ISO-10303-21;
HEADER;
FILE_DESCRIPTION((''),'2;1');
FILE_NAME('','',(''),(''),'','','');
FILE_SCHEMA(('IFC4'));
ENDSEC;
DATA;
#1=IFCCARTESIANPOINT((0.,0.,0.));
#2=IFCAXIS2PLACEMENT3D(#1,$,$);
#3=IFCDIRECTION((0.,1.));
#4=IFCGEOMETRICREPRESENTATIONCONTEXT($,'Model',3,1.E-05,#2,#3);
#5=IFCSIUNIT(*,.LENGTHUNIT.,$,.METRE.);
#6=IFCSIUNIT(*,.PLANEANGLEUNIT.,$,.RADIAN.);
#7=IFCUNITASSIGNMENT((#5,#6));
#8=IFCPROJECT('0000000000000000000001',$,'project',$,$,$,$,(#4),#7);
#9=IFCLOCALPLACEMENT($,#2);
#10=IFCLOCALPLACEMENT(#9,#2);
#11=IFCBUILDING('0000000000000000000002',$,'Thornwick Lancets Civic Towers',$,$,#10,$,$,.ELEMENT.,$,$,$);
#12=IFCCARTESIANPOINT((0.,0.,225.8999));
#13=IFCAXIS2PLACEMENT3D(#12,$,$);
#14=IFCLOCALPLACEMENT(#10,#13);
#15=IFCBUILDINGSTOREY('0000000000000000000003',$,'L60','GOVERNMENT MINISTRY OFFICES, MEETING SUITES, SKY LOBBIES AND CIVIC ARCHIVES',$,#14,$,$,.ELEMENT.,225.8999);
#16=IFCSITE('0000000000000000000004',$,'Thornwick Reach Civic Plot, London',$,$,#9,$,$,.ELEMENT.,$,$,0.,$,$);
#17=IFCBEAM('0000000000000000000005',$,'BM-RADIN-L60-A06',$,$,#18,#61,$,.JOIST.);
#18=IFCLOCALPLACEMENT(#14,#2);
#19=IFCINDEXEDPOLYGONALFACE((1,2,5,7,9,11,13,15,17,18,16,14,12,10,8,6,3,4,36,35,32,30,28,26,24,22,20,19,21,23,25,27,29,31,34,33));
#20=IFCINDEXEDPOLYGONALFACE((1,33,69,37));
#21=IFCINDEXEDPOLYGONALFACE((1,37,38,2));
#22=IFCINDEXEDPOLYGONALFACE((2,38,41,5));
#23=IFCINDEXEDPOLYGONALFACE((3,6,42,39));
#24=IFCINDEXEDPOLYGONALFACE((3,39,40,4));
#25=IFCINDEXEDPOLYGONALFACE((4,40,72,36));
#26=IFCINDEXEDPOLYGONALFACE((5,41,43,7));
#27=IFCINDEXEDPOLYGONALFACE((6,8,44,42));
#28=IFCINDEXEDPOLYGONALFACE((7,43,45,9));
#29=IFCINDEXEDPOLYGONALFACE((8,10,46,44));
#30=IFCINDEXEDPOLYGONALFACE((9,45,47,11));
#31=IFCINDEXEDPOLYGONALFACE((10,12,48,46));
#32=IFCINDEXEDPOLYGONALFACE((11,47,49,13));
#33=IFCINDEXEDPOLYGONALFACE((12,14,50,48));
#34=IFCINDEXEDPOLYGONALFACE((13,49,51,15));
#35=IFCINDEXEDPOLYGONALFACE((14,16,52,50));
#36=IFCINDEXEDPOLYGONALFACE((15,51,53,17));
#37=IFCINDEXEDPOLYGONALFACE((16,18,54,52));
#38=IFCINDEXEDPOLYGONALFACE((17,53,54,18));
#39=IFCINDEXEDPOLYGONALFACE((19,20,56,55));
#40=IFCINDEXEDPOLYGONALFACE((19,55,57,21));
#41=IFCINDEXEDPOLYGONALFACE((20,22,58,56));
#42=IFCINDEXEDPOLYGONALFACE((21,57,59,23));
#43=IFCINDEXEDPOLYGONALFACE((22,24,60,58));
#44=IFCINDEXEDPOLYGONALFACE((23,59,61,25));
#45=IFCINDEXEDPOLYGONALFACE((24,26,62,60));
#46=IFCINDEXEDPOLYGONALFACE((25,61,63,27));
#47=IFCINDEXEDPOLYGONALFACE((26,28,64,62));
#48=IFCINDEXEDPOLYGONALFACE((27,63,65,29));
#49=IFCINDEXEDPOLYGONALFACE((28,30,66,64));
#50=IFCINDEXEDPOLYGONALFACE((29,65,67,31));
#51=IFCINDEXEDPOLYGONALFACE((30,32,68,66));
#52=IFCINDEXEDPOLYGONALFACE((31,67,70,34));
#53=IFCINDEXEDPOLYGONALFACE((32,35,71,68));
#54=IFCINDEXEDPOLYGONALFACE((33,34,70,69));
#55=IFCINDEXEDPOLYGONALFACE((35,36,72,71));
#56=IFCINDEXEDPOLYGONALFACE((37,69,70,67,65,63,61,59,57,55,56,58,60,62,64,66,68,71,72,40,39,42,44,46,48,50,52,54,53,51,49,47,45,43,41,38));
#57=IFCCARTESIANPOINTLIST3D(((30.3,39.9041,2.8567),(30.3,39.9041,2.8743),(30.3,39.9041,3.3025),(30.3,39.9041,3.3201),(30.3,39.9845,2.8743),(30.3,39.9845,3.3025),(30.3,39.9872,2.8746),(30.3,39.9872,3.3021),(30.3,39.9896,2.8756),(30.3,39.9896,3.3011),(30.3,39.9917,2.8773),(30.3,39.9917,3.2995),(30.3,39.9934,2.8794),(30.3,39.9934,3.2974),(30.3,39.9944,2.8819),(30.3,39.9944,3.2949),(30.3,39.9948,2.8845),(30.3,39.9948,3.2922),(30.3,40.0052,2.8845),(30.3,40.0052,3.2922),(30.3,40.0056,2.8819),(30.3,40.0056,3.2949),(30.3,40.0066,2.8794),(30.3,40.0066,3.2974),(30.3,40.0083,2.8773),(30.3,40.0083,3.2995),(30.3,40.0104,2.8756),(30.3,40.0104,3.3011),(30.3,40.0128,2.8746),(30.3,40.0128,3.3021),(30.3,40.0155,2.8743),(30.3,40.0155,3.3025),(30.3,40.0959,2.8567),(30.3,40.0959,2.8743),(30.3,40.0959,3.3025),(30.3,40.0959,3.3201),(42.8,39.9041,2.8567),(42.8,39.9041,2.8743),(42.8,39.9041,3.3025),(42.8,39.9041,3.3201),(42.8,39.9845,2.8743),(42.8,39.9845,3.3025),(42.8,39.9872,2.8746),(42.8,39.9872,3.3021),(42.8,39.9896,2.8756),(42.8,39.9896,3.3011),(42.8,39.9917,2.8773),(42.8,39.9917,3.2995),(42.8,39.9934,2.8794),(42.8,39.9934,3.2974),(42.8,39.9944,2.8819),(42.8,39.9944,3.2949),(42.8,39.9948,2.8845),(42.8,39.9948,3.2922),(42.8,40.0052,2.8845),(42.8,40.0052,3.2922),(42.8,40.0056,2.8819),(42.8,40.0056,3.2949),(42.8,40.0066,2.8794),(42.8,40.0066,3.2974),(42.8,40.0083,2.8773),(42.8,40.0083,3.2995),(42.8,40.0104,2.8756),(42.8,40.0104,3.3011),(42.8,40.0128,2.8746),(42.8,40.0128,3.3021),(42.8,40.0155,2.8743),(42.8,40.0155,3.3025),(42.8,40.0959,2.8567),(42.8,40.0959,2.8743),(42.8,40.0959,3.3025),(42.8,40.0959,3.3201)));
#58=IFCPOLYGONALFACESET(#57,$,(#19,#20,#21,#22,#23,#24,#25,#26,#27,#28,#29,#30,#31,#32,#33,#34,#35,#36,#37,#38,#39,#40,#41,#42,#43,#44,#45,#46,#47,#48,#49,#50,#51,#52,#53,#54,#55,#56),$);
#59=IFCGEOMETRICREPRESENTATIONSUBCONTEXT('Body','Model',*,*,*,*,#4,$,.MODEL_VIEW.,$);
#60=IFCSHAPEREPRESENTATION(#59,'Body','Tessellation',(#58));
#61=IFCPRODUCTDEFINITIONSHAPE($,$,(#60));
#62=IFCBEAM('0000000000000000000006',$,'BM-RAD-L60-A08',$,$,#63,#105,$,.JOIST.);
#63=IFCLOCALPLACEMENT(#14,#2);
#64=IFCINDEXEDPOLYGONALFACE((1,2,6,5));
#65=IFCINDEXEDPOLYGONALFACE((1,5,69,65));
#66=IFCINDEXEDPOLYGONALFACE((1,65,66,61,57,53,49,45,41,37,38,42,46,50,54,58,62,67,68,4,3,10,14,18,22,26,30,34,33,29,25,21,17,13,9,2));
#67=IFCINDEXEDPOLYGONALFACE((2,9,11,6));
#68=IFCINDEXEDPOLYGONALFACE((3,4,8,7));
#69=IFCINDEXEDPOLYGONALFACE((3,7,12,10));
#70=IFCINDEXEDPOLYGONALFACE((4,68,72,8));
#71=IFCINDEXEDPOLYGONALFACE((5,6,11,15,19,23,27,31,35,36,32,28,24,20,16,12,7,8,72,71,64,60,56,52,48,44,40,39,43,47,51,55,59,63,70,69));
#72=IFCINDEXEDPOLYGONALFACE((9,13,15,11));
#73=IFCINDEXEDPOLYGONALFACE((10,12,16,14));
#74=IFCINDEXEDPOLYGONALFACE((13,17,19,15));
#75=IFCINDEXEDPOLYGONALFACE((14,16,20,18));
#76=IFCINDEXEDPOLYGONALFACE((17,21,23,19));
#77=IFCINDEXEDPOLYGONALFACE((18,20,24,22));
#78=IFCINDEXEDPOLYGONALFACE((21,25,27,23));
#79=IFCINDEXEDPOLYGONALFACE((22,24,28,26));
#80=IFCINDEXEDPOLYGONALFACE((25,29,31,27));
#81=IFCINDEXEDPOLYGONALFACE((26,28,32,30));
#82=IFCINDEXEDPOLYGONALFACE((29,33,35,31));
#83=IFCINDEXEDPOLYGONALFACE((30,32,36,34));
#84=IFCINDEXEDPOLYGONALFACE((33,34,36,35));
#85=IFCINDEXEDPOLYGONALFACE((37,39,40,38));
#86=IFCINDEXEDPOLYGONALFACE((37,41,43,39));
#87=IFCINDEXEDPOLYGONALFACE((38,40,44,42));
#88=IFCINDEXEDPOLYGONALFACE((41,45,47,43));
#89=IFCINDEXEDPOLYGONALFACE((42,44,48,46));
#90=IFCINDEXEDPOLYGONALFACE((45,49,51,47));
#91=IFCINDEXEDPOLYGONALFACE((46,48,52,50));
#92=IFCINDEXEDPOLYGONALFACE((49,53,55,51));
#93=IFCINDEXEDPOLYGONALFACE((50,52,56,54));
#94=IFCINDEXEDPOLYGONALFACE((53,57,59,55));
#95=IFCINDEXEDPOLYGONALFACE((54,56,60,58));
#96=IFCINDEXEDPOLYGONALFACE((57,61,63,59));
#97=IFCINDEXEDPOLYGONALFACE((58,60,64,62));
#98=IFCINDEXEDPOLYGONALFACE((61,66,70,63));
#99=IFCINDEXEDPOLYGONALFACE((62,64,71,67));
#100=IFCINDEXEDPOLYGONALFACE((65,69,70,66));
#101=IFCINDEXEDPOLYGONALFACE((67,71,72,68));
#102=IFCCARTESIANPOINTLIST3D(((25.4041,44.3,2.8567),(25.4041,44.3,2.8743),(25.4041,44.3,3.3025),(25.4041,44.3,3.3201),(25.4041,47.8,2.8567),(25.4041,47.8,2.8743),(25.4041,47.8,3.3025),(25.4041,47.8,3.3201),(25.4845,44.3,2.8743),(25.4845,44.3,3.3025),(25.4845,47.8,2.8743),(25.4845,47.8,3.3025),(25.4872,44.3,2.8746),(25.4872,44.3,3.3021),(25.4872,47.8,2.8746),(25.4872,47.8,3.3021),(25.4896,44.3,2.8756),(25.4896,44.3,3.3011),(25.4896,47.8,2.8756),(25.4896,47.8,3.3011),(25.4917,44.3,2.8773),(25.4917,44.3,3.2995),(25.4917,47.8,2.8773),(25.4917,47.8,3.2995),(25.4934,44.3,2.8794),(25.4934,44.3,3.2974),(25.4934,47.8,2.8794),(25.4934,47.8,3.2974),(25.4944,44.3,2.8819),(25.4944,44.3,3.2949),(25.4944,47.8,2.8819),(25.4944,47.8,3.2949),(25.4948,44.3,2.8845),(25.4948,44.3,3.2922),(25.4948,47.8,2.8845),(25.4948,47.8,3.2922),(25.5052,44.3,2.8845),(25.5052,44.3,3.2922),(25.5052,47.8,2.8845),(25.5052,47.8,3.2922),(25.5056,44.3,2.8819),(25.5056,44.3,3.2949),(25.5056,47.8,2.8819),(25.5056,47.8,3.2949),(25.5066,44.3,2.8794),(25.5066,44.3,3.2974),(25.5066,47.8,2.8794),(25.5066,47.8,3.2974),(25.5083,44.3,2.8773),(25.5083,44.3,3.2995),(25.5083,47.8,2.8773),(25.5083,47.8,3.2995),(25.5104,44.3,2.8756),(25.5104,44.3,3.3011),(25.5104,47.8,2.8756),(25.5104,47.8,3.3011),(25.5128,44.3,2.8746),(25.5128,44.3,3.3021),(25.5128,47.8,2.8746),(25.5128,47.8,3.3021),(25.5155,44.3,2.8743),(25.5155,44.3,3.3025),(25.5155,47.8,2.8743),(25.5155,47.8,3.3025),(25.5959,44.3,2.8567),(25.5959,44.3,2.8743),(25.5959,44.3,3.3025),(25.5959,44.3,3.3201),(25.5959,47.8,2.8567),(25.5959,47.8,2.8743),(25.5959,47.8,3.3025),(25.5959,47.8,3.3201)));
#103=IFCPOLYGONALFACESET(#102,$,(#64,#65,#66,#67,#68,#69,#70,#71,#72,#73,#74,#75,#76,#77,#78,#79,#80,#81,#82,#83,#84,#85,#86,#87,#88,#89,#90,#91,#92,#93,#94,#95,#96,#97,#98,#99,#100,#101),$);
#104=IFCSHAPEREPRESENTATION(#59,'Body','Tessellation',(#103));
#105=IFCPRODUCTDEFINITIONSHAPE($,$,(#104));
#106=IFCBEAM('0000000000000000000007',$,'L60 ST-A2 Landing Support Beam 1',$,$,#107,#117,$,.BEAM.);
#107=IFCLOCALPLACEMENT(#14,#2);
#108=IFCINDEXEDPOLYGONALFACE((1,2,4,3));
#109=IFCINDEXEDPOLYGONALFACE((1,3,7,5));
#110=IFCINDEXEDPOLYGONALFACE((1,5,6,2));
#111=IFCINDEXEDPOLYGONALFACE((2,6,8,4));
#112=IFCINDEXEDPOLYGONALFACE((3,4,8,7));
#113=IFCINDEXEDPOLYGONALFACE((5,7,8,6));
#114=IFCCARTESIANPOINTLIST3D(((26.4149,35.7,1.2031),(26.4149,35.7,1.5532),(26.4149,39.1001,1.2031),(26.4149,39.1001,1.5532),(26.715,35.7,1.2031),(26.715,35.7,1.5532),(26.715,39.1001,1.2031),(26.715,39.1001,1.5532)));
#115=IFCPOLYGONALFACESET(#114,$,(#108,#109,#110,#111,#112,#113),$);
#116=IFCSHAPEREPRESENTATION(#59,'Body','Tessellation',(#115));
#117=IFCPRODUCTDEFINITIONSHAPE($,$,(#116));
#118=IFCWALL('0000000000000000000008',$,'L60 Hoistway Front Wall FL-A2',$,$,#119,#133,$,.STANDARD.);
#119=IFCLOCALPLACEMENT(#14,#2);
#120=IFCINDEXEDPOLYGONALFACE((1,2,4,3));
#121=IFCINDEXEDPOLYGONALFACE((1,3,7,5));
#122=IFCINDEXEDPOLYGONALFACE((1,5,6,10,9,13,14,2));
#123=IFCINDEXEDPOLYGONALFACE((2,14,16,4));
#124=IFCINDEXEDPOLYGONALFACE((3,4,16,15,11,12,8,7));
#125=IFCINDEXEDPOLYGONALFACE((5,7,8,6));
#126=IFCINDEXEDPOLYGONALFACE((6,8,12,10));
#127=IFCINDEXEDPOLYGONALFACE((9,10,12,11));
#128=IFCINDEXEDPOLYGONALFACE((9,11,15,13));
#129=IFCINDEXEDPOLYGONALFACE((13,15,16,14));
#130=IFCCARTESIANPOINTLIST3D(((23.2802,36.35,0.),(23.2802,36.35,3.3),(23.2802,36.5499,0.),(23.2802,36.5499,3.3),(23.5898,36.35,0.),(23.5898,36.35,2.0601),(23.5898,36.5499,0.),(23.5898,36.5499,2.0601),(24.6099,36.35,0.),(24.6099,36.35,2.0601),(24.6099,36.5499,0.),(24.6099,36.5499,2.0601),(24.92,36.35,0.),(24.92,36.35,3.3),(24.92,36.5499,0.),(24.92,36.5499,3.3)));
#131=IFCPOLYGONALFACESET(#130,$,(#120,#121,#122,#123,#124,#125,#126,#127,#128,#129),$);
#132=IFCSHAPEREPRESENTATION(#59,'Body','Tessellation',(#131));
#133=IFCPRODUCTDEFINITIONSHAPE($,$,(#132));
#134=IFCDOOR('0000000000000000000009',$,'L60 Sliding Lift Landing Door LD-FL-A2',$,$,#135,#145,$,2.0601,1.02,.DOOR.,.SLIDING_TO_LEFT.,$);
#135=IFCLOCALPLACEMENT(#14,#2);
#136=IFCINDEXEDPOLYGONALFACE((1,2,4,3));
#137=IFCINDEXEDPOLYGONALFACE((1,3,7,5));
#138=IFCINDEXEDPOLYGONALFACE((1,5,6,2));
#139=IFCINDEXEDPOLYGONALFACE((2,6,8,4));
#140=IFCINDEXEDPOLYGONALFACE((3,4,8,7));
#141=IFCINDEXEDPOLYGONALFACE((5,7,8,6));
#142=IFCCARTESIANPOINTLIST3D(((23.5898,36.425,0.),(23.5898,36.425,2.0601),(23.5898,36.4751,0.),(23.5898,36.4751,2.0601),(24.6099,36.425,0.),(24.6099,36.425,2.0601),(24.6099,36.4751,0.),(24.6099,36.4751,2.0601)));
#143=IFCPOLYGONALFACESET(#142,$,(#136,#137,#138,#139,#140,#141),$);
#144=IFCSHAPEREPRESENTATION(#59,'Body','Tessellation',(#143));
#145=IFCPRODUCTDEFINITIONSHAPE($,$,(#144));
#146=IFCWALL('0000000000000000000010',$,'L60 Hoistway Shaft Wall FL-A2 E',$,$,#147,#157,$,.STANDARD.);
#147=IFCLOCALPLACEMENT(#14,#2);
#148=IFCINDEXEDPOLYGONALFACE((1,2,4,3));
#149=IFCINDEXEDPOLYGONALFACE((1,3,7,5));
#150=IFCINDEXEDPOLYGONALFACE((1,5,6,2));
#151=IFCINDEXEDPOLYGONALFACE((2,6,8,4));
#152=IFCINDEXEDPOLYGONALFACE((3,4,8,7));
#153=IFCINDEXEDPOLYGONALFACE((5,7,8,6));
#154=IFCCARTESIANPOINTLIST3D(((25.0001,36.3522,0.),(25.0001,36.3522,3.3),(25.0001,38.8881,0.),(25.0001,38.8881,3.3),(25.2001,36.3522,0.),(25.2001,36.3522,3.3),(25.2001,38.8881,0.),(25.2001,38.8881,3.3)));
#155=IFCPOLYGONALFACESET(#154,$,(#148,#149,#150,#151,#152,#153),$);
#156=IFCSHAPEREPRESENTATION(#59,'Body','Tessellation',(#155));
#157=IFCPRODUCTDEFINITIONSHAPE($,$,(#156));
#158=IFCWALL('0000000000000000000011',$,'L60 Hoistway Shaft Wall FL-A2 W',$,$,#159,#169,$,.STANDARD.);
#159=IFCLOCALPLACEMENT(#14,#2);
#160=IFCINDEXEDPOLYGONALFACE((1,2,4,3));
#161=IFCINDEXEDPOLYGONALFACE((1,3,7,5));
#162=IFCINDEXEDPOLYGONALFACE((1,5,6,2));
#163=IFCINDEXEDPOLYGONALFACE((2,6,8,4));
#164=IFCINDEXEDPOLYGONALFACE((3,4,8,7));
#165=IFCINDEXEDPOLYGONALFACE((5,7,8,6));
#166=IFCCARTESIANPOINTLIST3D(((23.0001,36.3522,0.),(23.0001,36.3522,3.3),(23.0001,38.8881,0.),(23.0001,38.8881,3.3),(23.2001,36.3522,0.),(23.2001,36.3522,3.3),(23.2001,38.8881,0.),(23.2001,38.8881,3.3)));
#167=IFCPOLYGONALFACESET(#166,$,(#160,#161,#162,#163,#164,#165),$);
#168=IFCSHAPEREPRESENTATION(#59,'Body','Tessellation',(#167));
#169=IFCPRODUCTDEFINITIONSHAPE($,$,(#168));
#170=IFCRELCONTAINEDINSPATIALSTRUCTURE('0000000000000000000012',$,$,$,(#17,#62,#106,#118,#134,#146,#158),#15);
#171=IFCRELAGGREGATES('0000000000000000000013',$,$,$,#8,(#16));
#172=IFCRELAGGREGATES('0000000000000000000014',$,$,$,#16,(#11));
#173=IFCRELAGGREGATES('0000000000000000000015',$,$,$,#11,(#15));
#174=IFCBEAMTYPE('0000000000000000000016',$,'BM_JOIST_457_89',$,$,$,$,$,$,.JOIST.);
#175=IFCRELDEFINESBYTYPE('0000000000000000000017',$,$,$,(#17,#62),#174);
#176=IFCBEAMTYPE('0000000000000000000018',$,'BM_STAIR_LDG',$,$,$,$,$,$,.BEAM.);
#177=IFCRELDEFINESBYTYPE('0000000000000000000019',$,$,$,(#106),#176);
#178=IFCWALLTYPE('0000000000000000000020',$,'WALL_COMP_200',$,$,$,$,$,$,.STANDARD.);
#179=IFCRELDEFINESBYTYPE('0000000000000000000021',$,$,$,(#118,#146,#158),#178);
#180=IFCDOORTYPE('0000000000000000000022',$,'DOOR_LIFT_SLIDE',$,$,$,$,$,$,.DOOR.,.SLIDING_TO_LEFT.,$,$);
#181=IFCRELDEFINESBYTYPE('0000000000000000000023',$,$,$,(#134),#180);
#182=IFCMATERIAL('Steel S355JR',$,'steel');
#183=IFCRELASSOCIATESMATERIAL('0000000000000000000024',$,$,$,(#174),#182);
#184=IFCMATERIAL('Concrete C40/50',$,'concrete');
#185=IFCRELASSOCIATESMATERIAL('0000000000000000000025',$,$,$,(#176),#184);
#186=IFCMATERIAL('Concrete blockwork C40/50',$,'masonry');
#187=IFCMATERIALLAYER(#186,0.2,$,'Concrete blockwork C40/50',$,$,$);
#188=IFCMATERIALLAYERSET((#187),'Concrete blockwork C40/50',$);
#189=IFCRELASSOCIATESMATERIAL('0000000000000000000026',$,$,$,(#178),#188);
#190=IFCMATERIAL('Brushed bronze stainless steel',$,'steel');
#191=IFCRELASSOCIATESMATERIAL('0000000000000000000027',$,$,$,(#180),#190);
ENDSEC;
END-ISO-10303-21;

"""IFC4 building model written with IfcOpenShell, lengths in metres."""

from ifc_helpers import new_model, si_unit, direction, frame, frame_2d, origin, origin_2d, place, context, subcontext, project, spatial, rectangle, i_section, extrude, material, layer, layer_set, material_profile, profile_set, type_object, element, fill, save


model = new_model("IFC4")

# Units and contexts
model_context = context("Model", 3, precision=1e-05, world=origin(), true_north=direction((0.0, 1.0)))
body_context = subcontext(model_context, "Body", "Model", "MODEL_VIEW")
ifc_project = project(units=[si_unit("LENGTHUNIT", "METRE"), si_unit("PLANEANGLEUNIT", "RADIAN")], contexts=[model_context])

# Site, building, storey
site_placement = place(None, origin())
site = spatial("IfcSite", under=ifc_project, at=site_placement, Name="Thornwick Reach Civic Plot, London", CompositionType="ELEMENT", RefElevation=0.0)
building_placement = place(site_placement, origin())
building = spatial("IfcBuilding", under=site, at=building_placement, Name="Thornwick Lancets Civic Towers", CompositionType="ELEMENT")
storey_placement = place(building_placement, frame((0.0, 0.0, 225.8999)))
storey = spatial("IfcBuildingStorey", under=building, at=storey_placement, Name="L60", Description="GOVERNMENT MINISTRY OFFICES, MEETING SUITES, SKY LOBBIES AND CIVIC ARCHIVES", CompositionType="ELEMENT", Elevation=225.8999)

# Shared definitions
ifc_material_1 = material(Name="Steel S355JR", Category="steel")

# Beams
ifc_material_profile_1 = material_profile(ifc_material_1, i_section(OverallWidth=0.1919, OverallDepth=0.4634, WebThickness=0.0105, FlangeThickness=0.0176, FilletRadius=0.0103, at=origin_2d()), Name="UKB 457x191x89")
ifc_profile_set_1 = profile_set([ifc_material_profile_1], Name="Steel S355JR")
beam_type_1 = type_object("IfcBeamType", Name="BM_JOIST_457_89", PredefinedType="JOIST", material=ifc_profile_set_1)
beam_1_placement = place(storey_placement, frame((30.3, 40.0, 3.0884), z_axis=(1.0, 0.0, 0.0), x_axis=(0.0, 1.0, 0.0)))
element("IfcBeam", 1, at=beam_1_placement, inside=storey, type_object=beam_type_1, Name="BM-RADIN-L60-A06", PredefinedType="JOIST", context=body_context, shape_type="SweptSolid", body=[
    extrude(i_section(OverallWidth=0.1919, OverallDepth=0.4634, WebThickness=0.0105, FlangeThickness=0.0176, FilletRadius=0.0103, at=origin_2d()), origin(), (0.0, 0.0, 1.0), 12.5),
])
beam_2_placement = place(storey_placement, frame((25.5, 44.3, 3.0884), z_axis=(0.0, 1.0, 0.0), x_axis=(-1.0, 0.0, 0.0)))
element("IfcBeam", 2, at=beam_2_placement, inside=storey, type_object=beam_type_1, Name="BM-RAD-L60-A08", PredefinedType="JOIST", context=body_context, shape_type="SweptSolid", body=[
    extrude(i_section(OverallWidth=0.1919, OverallDepth=0.4634, WebThickness=0.0105, FlangeThickness=0.0176, FilletRadius=0.0103, at=origin_2d()), origin(), (0.0, 0.0, 1.0), 3.5),
])
ifc_material_2 = material(Name="Concrete C40/50", Category="concrete")
ifc_material_profile_2 = material_profile(ifc_material_2, rectangle(XDim=0.3, YDim=0.3501, at=origin_2d()), Name="RC 300x350")
ifc_profile_set_2 = profile_set([ifc_material_profile_2], Name="Concrete C40/50")
beam_type_2 = type_object("IfcBeamType", Name="BM_STAIR_LDG", PredefinedType="BEAM", material=ifc_profile_set_2)
beam_3_placement = place(storey_placement, frame((26.5649, 39.1001, 1.3782), z_axis=(0.0, -1.0, 0.0), x_axis=(1.0, 0.0, 0.0)))
element("IfcBeam", 3, at=beam_3_placement, inside=storey, type_object=beam_type_2, Name="L60 ST-A2 Landing Support Beam 1", PredefinedType="BEAM", context=body_context, shape_type="SweptSolid", body=[
    extrude(rectangle(XDim=0.3, YDim=0.3501, at=origin_2d()), origin(), (0.0, 0.0, 1.0), 3.4001),
])

# Wall, opening, door
ifc_material_3 = material(Name="Concrete blockwork C40/50", Category="masonry")
ifc_layer = layer(ifc_material_3, 0.2, Name="Concrete blockwork C40/50")
ifc_layer_set = layer_set([ifc_layer], Name="Concrete blockwork C40/50")
wall_type = type_object("IfcWallType", Name="WALL_COMP_200", PredefinedType="STANDARD", material=ifc_layer_set)
wall_placement = place(storey_placement, frame((24.9199, 36.45, 0.0), z_axis=(0.0, 0.0, 1.0), x_axis=(-1.0, 0.0, 0.0)))
wall = element("IfcWall", 4, at=wall_placement, inside=storey, type_object=wall_type, Name="L60 Hoistway Front Wall FL-A2", PredefinedType="STANDARD", context=body_context, shape_type="SweptSolid", body=[
    extrude(rectangle(XDim=1.6399, YDim=0.2, at=frame_2d((0.8198, 0.0))), origin(), (0.0, 0.0, 1.0), 3.3),
])
opening_placement = place(wall_placement, frame((0.3101, 0.0, 0.0)))
opening = element("IfcOpeningElement", 5, at=opening_placement, cuts=wall, PredefinedType="OPENING", context=body_context, shape_type="SweptSolid", body=[
    extrude(rectangle(XDim=1.02, YDim=2.0601, at=frame_2d((0.51, 1.03))), frame((0.0, 0.1099, 0.0), z_axis=(0.0, -1.0, 0.0), x_axis=(1.0, 0.0, 0.0)), (0.0, 0.0, 1.0), 0.22),
])
ifc_material_4 = material(Name="Brushed bronze stainless steel", Category="steel")
door_type = type_object("IfcDoorType", Name="DOOR_LIFT_SLIDE", OperationType="SLIDING_TO_LEFT", PredefinedType="DOOR", material=ifc_material_4)
door_placement = place(opening_placement, origin())
door = element("IfcDoor", 6, at=door_placement, inside=storey, type_object=door_type, Name="L60 Sliding Lift Landing Door LD-FL-A2", OperationType="SLIDING_TO_LEFT", OverallHeight=2.0601, OverallWidth=1.02, PredefinedType="DOOR", context=body_context, shape_type="SweptSolid", body=[
    extrude(rectangle(XDim=1.02, YDim=2.0601, at=frame_2d((0.51, 1.03))), frame((0.0, 0.0249, 0.0), z_axis=(0.0, -1.0, 0.0), x_axis=(1.0, 0.0, 0.0)), (0.0, 0.0, 1.0), 0.05),
])
fill(opening, door)

# Walls
for number, where, z_axis, x_axis, name in (
    (7, (25.1001, 36.3521, 0.0), (0.0, 0.0, 1.0), (0.0, 1.0, 0.0), "L60 Hoistway Shaft Wall FL-A2 E"),
    (8, (23.1001, 36.3521, 0.0), (0.0, 0.0, 1.0), (0.0, 1.0, 0.0), "L60 Hoistway Shaft Wall FL-A2 W"),
):
    element("IfcWall", number, at=place(storey_placement, frame(where, z_axis=z_axis, x_axis=x_axis)), inside=storey, type_object=wall_type, Name=name, PredefinedType="STANDARD", context=body_context, shape_type="SweptSolid", body=[
        extrude(rectangle(XDim=2.5359, YDim=0.2, at=frame_2d((1.2681, 0.0))), origin(), (0.0, 0.0, 1.0), 3.3),
    ])

save(model, "model.ifc")
